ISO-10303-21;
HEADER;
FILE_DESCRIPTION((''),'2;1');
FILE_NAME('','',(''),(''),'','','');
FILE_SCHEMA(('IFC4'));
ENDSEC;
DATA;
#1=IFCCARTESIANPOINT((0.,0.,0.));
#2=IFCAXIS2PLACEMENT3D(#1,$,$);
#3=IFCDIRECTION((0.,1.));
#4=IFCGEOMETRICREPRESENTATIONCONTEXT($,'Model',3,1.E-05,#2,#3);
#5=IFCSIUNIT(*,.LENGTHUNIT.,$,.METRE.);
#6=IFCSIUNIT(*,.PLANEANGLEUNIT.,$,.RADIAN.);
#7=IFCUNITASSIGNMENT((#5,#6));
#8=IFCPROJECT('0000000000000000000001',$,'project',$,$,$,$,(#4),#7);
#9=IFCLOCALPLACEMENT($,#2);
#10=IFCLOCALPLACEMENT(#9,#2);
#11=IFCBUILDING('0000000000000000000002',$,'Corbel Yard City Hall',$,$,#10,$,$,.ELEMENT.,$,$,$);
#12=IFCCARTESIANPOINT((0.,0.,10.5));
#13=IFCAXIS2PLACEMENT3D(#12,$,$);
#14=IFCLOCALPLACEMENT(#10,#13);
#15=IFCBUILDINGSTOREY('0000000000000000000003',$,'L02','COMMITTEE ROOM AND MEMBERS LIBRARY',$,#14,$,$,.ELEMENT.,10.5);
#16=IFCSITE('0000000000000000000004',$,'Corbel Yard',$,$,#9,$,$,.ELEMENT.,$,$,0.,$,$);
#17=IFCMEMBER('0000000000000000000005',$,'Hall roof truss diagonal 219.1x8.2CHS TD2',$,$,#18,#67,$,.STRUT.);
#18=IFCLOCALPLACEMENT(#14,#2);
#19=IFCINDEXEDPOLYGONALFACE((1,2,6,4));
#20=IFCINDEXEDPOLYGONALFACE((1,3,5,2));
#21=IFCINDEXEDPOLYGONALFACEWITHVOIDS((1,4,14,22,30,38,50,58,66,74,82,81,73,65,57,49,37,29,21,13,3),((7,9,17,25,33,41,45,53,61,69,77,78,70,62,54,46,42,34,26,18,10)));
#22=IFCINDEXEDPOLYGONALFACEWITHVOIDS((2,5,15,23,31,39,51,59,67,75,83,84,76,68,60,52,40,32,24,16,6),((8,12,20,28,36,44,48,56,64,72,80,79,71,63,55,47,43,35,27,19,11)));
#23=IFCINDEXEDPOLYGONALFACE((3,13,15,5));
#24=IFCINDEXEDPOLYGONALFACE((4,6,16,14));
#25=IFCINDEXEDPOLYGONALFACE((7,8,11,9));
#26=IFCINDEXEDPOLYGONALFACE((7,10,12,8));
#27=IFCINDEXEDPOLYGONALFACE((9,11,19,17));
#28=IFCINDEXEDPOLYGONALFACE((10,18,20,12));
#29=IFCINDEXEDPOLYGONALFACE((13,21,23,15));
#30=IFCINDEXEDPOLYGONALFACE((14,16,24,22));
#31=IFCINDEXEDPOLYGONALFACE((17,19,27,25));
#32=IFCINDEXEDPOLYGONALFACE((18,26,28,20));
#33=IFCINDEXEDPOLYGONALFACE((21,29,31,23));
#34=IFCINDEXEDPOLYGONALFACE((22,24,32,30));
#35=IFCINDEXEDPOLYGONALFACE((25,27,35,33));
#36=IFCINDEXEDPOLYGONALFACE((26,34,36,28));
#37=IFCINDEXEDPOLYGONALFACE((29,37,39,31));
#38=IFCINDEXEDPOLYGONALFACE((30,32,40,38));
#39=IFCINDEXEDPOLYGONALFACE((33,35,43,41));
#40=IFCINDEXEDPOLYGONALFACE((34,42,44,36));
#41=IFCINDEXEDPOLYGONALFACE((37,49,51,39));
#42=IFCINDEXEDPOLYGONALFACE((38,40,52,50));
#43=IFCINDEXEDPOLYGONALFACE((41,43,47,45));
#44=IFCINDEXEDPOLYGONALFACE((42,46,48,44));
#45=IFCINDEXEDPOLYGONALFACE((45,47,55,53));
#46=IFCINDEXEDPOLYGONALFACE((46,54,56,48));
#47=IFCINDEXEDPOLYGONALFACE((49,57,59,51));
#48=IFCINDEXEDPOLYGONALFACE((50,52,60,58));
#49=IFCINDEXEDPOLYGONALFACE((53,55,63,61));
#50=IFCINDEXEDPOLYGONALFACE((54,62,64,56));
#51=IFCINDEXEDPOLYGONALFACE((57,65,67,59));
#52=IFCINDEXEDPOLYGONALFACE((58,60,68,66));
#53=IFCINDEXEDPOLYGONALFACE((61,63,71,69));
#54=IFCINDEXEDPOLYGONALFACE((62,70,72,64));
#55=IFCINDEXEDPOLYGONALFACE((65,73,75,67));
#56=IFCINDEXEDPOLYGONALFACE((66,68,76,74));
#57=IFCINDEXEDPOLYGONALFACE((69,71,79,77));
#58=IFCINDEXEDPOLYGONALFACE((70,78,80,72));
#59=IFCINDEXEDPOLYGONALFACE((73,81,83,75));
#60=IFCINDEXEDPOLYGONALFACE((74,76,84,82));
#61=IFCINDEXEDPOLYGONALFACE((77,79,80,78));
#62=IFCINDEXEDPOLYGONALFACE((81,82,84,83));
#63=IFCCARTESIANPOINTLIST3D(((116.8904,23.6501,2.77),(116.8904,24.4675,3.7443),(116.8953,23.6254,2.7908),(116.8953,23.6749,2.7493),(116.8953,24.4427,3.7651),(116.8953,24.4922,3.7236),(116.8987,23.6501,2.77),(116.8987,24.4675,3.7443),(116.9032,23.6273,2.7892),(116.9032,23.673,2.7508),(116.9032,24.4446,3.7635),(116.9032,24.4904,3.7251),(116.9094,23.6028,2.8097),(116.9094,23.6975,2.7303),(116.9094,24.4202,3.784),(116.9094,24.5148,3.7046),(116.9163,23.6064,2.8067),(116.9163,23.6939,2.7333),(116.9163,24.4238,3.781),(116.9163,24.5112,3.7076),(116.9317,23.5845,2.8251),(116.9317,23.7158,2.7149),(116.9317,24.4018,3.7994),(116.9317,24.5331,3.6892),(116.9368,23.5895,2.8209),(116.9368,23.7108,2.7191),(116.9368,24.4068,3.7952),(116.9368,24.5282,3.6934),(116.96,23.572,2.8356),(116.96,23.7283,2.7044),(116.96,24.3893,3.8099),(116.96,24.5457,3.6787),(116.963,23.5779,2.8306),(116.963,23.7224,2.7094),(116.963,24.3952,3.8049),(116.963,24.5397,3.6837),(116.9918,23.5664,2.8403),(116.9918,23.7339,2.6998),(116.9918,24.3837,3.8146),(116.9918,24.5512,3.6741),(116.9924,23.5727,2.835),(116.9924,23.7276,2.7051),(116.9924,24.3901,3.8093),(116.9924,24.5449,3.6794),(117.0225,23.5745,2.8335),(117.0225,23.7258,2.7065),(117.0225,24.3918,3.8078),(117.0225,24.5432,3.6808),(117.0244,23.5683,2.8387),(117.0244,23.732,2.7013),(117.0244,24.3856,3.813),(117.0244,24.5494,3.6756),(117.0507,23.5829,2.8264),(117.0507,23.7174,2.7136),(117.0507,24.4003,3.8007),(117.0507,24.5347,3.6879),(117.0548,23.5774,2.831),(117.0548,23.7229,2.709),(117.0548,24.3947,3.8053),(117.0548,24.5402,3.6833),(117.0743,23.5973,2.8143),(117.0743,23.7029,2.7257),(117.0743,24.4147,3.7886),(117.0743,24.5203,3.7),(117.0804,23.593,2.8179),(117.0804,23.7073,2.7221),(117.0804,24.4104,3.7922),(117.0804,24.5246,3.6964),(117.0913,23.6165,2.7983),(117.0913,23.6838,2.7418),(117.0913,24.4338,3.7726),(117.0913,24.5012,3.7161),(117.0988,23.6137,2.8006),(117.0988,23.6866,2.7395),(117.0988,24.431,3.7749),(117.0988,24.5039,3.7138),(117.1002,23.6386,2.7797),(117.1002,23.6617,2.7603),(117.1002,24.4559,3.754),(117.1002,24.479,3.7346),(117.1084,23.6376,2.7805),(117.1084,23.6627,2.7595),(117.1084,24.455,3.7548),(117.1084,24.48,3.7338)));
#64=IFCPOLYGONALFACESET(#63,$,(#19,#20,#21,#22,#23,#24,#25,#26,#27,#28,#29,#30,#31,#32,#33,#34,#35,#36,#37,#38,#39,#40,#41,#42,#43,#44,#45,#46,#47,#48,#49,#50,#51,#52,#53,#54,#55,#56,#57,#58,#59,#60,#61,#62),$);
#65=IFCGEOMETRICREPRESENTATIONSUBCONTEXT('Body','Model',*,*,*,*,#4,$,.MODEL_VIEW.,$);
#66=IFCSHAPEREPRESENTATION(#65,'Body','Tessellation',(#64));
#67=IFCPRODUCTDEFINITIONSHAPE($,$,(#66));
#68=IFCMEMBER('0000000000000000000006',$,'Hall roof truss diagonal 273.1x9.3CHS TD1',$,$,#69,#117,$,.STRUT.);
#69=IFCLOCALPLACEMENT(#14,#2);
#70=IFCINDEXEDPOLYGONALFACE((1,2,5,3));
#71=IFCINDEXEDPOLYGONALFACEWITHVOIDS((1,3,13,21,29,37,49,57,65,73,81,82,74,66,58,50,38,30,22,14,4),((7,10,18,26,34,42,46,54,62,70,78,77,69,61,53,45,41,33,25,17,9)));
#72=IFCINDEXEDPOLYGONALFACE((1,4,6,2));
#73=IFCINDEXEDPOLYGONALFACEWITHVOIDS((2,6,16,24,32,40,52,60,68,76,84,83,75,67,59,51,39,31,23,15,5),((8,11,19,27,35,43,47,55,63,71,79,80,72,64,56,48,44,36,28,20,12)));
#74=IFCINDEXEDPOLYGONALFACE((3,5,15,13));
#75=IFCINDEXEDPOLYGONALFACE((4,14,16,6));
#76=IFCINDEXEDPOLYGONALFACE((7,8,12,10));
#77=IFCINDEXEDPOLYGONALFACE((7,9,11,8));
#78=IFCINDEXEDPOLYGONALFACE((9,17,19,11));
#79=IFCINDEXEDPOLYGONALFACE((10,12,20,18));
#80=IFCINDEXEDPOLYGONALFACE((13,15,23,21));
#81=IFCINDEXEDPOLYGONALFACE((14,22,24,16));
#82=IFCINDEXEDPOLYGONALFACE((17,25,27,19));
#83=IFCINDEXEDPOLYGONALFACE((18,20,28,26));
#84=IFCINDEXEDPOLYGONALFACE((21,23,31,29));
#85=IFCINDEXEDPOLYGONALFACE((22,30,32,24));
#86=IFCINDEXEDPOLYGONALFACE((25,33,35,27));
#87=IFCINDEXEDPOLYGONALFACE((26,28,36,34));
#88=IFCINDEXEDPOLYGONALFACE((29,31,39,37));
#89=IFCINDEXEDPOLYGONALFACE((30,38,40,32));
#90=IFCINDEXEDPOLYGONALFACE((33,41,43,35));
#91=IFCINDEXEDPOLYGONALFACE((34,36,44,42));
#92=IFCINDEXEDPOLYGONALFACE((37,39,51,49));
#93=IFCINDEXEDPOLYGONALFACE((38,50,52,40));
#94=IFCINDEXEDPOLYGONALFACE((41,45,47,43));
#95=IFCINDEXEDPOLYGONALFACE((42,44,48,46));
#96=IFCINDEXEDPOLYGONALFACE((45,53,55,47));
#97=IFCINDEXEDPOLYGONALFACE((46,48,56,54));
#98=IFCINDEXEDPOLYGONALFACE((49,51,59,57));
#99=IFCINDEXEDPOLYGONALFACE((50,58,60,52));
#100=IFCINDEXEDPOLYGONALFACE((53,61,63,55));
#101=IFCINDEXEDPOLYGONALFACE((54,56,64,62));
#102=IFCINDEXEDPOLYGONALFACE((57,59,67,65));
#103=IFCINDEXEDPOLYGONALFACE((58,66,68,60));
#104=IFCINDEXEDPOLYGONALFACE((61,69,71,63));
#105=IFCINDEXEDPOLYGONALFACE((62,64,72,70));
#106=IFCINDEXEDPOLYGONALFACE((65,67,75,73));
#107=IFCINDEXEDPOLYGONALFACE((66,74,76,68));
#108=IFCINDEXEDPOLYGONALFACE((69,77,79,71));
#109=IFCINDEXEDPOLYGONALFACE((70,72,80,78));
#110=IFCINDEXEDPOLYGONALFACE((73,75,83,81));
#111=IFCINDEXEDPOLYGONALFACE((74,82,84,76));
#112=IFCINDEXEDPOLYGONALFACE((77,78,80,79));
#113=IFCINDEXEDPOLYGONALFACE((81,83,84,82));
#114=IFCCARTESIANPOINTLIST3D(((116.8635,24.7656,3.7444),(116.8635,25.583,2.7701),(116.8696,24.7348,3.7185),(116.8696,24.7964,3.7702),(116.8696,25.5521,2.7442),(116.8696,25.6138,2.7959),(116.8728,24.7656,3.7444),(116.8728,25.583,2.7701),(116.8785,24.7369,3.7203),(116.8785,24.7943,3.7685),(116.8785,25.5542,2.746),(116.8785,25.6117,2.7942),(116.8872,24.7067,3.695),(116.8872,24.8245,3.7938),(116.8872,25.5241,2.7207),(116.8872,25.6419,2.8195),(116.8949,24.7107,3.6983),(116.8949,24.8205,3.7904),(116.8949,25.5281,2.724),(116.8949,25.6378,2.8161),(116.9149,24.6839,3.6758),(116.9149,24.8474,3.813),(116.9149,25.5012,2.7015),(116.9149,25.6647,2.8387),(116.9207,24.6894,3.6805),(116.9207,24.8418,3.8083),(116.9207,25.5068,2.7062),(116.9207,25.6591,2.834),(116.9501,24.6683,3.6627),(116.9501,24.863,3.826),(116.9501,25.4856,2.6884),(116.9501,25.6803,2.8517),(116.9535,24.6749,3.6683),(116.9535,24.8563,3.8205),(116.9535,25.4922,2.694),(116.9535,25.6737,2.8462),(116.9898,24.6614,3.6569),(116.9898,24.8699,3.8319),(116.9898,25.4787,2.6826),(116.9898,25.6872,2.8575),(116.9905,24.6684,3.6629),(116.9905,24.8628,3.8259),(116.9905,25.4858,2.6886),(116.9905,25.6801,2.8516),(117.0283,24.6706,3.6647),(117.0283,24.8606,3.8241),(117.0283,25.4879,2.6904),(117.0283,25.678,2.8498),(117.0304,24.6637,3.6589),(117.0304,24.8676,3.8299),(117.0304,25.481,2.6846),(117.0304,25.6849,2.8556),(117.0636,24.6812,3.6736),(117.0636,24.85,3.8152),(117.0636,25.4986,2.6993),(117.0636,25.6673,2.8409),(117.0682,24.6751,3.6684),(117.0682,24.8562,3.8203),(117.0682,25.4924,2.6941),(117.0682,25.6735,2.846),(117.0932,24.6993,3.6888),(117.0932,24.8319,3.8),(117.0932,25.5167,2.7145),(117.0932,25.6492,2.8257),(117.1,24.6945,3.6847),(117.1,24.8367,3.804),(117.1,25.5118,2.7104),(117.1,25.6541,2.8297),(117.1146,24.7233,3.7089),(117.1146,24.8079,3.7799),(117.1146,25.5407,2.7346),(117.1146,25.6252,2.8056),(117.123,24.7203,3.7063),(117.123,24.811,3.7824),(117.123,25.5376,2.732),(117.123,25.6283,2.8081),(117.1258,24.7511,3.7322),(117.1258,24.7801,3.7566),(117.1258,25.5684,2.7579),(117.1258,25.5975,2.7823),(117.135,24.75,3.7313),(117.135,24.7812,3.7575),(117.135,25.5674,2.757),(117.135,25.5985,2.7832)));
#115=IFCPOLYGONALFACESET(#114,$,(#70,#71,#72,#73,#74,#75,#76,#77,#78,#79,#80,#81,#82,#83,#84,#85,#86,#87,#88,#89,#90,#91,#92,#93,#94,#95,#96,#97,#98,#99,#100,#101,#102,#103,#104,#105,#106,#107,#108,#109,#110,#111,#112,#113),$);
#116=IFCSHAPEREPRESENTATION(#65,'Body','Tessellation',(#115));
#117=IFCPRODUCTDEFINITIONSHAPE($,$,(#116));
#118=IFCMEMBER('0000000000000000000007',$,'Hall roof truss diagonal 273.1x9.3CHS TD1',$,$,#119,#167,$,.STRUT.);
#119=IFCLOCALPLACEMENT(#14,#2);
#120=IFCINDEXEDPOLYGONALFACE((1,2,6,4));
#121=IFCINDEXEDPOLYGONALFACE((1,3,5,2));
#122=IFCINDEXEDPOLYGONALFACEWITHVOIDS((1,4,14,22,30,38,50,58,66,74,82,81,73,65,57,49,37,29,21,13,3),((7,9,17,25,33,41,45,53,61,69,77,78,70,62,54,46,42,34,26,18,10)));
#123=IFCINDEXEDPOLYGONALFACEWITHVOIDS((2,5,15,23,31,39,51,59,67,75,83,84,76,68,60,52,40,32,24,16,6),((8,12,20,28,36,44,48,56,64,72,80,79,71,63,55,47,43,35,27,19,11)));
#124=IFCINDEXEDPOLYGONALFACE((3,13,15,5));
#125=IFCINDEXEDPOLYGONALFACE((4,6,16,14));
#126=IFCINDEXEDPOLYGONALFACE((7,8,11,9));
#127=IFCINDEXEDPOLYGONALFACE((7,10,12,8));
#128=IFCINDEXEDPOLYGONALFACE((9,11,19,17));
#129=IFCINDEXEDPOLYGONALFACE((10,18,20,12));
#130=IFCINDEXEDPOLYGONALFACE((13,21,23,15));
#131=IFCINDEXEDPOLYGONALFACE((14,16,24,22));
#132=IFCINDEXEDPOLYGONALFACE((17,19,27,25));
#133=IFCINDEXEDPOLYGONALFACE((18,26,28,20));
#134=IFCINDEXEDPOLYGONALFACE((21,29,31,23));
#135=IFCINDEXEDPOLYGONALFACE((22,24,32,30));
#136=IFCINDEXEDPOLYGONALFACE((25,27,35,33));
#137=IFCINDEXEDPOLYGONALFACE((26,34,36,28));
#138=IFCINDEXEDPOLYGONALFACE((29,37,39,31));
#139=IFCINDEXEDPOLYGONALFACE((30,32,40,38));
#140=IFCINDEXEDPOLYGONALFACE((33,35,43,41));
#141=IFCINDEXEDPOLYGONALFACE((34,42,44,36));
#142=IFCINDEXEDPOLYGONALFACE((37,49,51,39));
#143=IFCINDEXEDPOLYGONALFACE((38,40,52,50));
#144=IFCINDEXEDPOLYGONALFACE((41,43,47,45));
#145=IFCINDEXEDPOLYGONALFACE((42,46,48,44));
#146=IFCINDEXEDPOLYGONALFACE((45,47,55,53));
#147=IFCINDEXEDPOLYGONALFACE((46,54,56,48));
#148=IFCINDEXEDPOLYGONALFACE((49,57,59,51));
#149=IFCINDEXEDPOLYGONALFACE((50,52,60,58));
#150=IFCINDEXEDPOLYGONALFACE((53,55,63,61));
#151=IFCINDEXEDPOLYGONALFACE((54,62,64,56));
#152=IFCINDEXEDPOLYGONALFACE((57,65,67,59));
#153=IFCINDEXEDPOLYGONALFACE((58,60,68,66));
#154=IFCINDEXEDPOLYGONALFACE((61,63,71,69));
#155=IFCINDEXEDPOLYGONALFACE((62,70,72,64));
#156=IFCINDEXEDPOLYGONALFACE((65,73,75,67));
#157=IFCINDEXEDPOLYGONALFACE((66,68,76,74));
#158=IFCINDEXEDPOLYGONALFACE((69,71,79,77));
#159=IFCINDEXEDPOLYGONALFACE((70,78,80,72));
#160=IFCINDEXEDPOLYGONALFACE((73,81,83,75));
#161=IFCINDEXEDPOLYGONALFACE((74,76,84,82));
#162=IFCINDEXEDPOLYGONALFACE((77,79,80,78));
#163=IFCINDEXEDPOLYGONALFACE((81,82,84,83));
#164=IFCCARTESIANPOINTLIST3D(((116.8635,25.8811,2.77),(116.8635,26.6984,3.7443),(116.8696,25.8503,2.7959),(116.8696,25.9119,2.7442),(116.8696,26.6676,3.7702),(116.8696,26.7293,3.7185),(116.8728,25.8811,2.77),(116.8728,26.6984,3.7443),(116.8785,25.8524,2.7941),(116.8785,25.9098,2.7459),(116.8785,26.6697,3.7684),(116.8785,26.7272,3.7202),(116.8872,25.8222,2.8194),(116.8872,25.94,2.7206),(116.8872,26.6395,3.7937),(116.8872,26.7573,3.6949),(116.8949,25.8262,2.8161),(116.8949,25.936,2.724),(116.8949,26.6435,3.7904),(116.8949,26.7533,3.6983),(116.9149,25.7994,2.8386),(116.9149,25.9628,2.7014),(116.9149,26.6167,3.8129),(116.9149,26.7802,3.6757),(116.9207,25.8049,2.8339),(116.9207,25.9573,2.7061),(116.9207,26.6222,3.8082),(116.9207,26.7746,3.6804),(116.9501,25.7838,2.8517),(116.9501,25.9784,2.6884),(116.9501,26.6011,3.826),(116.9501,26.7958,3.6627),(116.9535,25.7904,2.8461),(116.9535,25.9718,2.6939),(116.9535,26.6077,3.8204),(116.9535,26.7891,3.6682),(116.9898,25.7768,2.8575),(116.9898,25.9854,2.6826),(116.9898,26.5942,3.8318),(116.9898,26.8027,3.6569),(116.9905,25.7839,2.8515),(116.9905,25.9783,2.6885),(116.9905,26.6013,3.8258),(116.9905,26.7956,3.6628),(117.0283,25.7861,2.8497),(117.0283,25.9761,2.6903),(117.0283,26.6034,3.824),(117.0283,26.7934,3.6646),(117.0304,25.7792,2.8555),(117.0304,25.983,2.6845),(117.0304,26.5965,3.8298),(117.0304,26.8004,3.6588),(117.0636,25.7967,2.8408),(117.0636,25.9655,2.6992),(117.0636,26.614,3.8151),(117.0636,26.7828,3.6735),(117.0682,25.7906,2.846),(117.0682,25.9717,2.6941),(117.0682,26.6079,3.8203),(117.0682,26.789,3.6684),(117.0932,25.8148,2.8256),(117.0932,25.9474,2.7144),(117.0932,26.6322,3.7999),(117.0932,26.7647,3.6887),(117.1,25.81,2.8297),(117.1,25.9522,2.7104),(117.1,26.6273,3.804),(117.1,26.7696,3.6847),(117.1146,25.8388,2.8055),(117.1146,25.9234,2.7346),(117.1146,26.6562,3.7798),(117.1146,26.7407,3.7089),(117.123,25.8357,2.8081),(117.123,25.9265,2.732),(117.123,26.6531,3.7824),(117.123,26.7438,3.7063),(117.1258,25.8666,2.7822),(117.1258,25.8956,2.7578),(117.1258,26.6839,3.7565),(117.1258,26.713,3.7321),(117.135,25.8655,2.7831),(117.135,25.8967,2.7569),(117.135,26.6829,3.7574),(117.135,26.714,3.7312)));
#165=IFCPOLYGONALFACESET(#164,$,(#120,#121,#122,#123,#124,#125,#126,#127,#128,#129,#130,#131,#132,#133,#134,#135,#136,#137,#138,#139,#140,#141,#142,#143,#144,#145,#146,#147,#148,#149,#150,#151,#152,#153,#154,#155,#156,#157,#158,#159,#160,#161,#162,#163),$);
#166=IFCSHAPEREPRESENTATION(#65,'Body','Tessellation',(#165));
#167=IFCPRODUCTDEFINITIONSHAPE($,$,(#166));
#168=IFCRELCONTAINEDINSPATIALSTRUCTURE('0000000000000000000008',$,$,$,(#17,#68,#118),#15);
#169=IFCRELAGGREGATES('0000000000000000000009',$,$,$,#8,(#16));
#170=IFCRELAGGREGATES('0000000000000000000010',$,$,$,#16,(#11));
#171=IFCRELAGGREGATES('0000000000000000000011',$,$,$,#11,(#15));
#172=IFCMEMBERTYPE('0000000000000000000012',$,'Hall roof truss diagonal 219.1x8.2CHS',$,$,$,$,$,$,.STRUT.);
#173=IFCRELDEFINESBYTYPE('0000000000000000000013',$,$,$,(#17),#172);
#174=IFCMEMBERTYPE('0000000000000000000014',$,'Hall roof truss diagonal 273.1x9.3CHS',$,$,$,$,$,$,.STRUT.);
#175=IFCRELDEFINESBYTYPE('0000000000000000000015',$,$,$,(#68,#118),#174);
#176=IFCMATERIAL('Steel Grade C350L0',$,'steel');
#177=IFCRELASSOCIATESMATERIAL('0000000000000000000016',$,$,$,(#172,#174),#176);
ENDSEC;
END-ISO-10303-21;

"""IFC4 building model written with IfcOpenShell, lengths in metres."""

from ifc_helpers import new_model, si_unit, direction, frame, origin, origin_2d, place, context, subcontext, project, spatial, hollow_circle, extrude, material, material_profile, profile_set, type_object, element, save


model = new_model("IFC4")

# Units and contexts
model_context = context("Model", 3, precision=1e-05, world=origin(), true_north=direction((0.0, 1.0)))
body_context = subcontext(model_context, "Body", "Model", "MODEL_VIEW")
ifc_project = project(units=[si_unit("LENGTHUNIT", "METRE"), si_unit("PLANEANGLEUNIT", "RADIAN")], contexts=[model_context])

# Site, building, storey
site_placement = place(None, origin())
site = spatial("IfcSite", under=ifc_project, at=site_placement, Name="Corbel Yard", CompositionType="ELEMENT", RefElevation=0.0)
building_placement = place(site_placement, origin())
building = spatial("IfcBuilding", under=site, at=building_placement, Name="Corbel Yard City Hall", CompositionType="ELEMENT")
storey_placement = place(building_placement, frame((0.0, 0.0, 10.5)))
storey = spatial("IfcBuildingStorey", under=building, at=storey_placement, Name="L02", Description="COMMITTEE ROOM AND MEMBERS LIBRARY", CompositionType="ELEMENT", Elevation=10.5)

# Members
ifc_material_1 = material(Name="Steel Grade C350L0", Category="steel")
ifc_material_profile_1 = material_profile(ifc_material_1, hollow_circle(Radius=0.1096, WallThickness=0.0083, at=origin_2d()), Name="219.1x8.2CHS")
ifc_profile_set_1 = profile_set([ifc_material_profile_1], Name="Steel Grade C350L0")
member_type_1 = type_object("IfcMemberType", Name="Hall roof truss diagonal 219.1x8.2CHS", PredefinedType="STRUT", material=ifc_profile_set_1)
for number, where, z_axis, x_axis, name in (
    (1, (117.0, 23.6501, 2.77), (0.0, 0.642692, 0.766124), (-1.0, 0.0, 0.0), "Hall roof truss diagonal 219.1x8.2CHS TD2"),
):
    element("IfcMember", number, at=place(storey_placement, frame(where, z_axis=z_axis, x_axis=x_axis)), inside=storey, type_object=member_type_1, Name=name, PredefinedType="STRUT", context=body_context, shape_type="SweptSolid", body=[
        extrude(hollow_circle(Radius=0.1096, WallThickness=0.0083, at=origin_2d()), origin(), (0.0, 0.0, 1.0), 1.2717),
    ])
ifc_material_profile_2 = material_profile(ifc_material_1, hollow_circle(Radius=0.1365, WallThickness=0.0093, at=origin_2d()), Name="273.1x9.3CHS")
ifc_profile_set_2 = profile_set([ifc_material_profile_2], Name="Steel Grade C350L0")
member_type_2 = type_object("IfcMemberType", Name="Hall roof truss diagonal 273.1x9.3CHS", PredefinedType="STRUT", material=ifc_profile_set_2)
for number, where, z_axis, x_axis, name in (
    (2, (117.0, 24.7656, 3.7444), (0.0, 0.642692, -0.766124), (-1.0, 0.0, 0.0), "Hall roof truss diagonal 273.1x9.3CHS TD1"),
    (3, (117.0, 25.8811, 2.77), (0.0, 0.642692, 0.766124), (-1.0, 0.0, 0.0), "Hall roof truss diagonal 273.1x9.3CHS TD1"),
):
    element("IfcMember", number, at=place(storey_placement, frame(where, z_axis=z_axis, x_axis=x_axis)), inside=storey, type_object=member_type_2, Name=name, PredefinedType="STRUT", context=body_context, shape_type="SweptSolid", body=[
        extrude(hollow_circle(Radius=0.1365, WallThickness=0.0093, at=origin_2d()), origin(), (0.0, 0.0, 1.0), 1.2717),
    ])

save(model, "model.ifc")
